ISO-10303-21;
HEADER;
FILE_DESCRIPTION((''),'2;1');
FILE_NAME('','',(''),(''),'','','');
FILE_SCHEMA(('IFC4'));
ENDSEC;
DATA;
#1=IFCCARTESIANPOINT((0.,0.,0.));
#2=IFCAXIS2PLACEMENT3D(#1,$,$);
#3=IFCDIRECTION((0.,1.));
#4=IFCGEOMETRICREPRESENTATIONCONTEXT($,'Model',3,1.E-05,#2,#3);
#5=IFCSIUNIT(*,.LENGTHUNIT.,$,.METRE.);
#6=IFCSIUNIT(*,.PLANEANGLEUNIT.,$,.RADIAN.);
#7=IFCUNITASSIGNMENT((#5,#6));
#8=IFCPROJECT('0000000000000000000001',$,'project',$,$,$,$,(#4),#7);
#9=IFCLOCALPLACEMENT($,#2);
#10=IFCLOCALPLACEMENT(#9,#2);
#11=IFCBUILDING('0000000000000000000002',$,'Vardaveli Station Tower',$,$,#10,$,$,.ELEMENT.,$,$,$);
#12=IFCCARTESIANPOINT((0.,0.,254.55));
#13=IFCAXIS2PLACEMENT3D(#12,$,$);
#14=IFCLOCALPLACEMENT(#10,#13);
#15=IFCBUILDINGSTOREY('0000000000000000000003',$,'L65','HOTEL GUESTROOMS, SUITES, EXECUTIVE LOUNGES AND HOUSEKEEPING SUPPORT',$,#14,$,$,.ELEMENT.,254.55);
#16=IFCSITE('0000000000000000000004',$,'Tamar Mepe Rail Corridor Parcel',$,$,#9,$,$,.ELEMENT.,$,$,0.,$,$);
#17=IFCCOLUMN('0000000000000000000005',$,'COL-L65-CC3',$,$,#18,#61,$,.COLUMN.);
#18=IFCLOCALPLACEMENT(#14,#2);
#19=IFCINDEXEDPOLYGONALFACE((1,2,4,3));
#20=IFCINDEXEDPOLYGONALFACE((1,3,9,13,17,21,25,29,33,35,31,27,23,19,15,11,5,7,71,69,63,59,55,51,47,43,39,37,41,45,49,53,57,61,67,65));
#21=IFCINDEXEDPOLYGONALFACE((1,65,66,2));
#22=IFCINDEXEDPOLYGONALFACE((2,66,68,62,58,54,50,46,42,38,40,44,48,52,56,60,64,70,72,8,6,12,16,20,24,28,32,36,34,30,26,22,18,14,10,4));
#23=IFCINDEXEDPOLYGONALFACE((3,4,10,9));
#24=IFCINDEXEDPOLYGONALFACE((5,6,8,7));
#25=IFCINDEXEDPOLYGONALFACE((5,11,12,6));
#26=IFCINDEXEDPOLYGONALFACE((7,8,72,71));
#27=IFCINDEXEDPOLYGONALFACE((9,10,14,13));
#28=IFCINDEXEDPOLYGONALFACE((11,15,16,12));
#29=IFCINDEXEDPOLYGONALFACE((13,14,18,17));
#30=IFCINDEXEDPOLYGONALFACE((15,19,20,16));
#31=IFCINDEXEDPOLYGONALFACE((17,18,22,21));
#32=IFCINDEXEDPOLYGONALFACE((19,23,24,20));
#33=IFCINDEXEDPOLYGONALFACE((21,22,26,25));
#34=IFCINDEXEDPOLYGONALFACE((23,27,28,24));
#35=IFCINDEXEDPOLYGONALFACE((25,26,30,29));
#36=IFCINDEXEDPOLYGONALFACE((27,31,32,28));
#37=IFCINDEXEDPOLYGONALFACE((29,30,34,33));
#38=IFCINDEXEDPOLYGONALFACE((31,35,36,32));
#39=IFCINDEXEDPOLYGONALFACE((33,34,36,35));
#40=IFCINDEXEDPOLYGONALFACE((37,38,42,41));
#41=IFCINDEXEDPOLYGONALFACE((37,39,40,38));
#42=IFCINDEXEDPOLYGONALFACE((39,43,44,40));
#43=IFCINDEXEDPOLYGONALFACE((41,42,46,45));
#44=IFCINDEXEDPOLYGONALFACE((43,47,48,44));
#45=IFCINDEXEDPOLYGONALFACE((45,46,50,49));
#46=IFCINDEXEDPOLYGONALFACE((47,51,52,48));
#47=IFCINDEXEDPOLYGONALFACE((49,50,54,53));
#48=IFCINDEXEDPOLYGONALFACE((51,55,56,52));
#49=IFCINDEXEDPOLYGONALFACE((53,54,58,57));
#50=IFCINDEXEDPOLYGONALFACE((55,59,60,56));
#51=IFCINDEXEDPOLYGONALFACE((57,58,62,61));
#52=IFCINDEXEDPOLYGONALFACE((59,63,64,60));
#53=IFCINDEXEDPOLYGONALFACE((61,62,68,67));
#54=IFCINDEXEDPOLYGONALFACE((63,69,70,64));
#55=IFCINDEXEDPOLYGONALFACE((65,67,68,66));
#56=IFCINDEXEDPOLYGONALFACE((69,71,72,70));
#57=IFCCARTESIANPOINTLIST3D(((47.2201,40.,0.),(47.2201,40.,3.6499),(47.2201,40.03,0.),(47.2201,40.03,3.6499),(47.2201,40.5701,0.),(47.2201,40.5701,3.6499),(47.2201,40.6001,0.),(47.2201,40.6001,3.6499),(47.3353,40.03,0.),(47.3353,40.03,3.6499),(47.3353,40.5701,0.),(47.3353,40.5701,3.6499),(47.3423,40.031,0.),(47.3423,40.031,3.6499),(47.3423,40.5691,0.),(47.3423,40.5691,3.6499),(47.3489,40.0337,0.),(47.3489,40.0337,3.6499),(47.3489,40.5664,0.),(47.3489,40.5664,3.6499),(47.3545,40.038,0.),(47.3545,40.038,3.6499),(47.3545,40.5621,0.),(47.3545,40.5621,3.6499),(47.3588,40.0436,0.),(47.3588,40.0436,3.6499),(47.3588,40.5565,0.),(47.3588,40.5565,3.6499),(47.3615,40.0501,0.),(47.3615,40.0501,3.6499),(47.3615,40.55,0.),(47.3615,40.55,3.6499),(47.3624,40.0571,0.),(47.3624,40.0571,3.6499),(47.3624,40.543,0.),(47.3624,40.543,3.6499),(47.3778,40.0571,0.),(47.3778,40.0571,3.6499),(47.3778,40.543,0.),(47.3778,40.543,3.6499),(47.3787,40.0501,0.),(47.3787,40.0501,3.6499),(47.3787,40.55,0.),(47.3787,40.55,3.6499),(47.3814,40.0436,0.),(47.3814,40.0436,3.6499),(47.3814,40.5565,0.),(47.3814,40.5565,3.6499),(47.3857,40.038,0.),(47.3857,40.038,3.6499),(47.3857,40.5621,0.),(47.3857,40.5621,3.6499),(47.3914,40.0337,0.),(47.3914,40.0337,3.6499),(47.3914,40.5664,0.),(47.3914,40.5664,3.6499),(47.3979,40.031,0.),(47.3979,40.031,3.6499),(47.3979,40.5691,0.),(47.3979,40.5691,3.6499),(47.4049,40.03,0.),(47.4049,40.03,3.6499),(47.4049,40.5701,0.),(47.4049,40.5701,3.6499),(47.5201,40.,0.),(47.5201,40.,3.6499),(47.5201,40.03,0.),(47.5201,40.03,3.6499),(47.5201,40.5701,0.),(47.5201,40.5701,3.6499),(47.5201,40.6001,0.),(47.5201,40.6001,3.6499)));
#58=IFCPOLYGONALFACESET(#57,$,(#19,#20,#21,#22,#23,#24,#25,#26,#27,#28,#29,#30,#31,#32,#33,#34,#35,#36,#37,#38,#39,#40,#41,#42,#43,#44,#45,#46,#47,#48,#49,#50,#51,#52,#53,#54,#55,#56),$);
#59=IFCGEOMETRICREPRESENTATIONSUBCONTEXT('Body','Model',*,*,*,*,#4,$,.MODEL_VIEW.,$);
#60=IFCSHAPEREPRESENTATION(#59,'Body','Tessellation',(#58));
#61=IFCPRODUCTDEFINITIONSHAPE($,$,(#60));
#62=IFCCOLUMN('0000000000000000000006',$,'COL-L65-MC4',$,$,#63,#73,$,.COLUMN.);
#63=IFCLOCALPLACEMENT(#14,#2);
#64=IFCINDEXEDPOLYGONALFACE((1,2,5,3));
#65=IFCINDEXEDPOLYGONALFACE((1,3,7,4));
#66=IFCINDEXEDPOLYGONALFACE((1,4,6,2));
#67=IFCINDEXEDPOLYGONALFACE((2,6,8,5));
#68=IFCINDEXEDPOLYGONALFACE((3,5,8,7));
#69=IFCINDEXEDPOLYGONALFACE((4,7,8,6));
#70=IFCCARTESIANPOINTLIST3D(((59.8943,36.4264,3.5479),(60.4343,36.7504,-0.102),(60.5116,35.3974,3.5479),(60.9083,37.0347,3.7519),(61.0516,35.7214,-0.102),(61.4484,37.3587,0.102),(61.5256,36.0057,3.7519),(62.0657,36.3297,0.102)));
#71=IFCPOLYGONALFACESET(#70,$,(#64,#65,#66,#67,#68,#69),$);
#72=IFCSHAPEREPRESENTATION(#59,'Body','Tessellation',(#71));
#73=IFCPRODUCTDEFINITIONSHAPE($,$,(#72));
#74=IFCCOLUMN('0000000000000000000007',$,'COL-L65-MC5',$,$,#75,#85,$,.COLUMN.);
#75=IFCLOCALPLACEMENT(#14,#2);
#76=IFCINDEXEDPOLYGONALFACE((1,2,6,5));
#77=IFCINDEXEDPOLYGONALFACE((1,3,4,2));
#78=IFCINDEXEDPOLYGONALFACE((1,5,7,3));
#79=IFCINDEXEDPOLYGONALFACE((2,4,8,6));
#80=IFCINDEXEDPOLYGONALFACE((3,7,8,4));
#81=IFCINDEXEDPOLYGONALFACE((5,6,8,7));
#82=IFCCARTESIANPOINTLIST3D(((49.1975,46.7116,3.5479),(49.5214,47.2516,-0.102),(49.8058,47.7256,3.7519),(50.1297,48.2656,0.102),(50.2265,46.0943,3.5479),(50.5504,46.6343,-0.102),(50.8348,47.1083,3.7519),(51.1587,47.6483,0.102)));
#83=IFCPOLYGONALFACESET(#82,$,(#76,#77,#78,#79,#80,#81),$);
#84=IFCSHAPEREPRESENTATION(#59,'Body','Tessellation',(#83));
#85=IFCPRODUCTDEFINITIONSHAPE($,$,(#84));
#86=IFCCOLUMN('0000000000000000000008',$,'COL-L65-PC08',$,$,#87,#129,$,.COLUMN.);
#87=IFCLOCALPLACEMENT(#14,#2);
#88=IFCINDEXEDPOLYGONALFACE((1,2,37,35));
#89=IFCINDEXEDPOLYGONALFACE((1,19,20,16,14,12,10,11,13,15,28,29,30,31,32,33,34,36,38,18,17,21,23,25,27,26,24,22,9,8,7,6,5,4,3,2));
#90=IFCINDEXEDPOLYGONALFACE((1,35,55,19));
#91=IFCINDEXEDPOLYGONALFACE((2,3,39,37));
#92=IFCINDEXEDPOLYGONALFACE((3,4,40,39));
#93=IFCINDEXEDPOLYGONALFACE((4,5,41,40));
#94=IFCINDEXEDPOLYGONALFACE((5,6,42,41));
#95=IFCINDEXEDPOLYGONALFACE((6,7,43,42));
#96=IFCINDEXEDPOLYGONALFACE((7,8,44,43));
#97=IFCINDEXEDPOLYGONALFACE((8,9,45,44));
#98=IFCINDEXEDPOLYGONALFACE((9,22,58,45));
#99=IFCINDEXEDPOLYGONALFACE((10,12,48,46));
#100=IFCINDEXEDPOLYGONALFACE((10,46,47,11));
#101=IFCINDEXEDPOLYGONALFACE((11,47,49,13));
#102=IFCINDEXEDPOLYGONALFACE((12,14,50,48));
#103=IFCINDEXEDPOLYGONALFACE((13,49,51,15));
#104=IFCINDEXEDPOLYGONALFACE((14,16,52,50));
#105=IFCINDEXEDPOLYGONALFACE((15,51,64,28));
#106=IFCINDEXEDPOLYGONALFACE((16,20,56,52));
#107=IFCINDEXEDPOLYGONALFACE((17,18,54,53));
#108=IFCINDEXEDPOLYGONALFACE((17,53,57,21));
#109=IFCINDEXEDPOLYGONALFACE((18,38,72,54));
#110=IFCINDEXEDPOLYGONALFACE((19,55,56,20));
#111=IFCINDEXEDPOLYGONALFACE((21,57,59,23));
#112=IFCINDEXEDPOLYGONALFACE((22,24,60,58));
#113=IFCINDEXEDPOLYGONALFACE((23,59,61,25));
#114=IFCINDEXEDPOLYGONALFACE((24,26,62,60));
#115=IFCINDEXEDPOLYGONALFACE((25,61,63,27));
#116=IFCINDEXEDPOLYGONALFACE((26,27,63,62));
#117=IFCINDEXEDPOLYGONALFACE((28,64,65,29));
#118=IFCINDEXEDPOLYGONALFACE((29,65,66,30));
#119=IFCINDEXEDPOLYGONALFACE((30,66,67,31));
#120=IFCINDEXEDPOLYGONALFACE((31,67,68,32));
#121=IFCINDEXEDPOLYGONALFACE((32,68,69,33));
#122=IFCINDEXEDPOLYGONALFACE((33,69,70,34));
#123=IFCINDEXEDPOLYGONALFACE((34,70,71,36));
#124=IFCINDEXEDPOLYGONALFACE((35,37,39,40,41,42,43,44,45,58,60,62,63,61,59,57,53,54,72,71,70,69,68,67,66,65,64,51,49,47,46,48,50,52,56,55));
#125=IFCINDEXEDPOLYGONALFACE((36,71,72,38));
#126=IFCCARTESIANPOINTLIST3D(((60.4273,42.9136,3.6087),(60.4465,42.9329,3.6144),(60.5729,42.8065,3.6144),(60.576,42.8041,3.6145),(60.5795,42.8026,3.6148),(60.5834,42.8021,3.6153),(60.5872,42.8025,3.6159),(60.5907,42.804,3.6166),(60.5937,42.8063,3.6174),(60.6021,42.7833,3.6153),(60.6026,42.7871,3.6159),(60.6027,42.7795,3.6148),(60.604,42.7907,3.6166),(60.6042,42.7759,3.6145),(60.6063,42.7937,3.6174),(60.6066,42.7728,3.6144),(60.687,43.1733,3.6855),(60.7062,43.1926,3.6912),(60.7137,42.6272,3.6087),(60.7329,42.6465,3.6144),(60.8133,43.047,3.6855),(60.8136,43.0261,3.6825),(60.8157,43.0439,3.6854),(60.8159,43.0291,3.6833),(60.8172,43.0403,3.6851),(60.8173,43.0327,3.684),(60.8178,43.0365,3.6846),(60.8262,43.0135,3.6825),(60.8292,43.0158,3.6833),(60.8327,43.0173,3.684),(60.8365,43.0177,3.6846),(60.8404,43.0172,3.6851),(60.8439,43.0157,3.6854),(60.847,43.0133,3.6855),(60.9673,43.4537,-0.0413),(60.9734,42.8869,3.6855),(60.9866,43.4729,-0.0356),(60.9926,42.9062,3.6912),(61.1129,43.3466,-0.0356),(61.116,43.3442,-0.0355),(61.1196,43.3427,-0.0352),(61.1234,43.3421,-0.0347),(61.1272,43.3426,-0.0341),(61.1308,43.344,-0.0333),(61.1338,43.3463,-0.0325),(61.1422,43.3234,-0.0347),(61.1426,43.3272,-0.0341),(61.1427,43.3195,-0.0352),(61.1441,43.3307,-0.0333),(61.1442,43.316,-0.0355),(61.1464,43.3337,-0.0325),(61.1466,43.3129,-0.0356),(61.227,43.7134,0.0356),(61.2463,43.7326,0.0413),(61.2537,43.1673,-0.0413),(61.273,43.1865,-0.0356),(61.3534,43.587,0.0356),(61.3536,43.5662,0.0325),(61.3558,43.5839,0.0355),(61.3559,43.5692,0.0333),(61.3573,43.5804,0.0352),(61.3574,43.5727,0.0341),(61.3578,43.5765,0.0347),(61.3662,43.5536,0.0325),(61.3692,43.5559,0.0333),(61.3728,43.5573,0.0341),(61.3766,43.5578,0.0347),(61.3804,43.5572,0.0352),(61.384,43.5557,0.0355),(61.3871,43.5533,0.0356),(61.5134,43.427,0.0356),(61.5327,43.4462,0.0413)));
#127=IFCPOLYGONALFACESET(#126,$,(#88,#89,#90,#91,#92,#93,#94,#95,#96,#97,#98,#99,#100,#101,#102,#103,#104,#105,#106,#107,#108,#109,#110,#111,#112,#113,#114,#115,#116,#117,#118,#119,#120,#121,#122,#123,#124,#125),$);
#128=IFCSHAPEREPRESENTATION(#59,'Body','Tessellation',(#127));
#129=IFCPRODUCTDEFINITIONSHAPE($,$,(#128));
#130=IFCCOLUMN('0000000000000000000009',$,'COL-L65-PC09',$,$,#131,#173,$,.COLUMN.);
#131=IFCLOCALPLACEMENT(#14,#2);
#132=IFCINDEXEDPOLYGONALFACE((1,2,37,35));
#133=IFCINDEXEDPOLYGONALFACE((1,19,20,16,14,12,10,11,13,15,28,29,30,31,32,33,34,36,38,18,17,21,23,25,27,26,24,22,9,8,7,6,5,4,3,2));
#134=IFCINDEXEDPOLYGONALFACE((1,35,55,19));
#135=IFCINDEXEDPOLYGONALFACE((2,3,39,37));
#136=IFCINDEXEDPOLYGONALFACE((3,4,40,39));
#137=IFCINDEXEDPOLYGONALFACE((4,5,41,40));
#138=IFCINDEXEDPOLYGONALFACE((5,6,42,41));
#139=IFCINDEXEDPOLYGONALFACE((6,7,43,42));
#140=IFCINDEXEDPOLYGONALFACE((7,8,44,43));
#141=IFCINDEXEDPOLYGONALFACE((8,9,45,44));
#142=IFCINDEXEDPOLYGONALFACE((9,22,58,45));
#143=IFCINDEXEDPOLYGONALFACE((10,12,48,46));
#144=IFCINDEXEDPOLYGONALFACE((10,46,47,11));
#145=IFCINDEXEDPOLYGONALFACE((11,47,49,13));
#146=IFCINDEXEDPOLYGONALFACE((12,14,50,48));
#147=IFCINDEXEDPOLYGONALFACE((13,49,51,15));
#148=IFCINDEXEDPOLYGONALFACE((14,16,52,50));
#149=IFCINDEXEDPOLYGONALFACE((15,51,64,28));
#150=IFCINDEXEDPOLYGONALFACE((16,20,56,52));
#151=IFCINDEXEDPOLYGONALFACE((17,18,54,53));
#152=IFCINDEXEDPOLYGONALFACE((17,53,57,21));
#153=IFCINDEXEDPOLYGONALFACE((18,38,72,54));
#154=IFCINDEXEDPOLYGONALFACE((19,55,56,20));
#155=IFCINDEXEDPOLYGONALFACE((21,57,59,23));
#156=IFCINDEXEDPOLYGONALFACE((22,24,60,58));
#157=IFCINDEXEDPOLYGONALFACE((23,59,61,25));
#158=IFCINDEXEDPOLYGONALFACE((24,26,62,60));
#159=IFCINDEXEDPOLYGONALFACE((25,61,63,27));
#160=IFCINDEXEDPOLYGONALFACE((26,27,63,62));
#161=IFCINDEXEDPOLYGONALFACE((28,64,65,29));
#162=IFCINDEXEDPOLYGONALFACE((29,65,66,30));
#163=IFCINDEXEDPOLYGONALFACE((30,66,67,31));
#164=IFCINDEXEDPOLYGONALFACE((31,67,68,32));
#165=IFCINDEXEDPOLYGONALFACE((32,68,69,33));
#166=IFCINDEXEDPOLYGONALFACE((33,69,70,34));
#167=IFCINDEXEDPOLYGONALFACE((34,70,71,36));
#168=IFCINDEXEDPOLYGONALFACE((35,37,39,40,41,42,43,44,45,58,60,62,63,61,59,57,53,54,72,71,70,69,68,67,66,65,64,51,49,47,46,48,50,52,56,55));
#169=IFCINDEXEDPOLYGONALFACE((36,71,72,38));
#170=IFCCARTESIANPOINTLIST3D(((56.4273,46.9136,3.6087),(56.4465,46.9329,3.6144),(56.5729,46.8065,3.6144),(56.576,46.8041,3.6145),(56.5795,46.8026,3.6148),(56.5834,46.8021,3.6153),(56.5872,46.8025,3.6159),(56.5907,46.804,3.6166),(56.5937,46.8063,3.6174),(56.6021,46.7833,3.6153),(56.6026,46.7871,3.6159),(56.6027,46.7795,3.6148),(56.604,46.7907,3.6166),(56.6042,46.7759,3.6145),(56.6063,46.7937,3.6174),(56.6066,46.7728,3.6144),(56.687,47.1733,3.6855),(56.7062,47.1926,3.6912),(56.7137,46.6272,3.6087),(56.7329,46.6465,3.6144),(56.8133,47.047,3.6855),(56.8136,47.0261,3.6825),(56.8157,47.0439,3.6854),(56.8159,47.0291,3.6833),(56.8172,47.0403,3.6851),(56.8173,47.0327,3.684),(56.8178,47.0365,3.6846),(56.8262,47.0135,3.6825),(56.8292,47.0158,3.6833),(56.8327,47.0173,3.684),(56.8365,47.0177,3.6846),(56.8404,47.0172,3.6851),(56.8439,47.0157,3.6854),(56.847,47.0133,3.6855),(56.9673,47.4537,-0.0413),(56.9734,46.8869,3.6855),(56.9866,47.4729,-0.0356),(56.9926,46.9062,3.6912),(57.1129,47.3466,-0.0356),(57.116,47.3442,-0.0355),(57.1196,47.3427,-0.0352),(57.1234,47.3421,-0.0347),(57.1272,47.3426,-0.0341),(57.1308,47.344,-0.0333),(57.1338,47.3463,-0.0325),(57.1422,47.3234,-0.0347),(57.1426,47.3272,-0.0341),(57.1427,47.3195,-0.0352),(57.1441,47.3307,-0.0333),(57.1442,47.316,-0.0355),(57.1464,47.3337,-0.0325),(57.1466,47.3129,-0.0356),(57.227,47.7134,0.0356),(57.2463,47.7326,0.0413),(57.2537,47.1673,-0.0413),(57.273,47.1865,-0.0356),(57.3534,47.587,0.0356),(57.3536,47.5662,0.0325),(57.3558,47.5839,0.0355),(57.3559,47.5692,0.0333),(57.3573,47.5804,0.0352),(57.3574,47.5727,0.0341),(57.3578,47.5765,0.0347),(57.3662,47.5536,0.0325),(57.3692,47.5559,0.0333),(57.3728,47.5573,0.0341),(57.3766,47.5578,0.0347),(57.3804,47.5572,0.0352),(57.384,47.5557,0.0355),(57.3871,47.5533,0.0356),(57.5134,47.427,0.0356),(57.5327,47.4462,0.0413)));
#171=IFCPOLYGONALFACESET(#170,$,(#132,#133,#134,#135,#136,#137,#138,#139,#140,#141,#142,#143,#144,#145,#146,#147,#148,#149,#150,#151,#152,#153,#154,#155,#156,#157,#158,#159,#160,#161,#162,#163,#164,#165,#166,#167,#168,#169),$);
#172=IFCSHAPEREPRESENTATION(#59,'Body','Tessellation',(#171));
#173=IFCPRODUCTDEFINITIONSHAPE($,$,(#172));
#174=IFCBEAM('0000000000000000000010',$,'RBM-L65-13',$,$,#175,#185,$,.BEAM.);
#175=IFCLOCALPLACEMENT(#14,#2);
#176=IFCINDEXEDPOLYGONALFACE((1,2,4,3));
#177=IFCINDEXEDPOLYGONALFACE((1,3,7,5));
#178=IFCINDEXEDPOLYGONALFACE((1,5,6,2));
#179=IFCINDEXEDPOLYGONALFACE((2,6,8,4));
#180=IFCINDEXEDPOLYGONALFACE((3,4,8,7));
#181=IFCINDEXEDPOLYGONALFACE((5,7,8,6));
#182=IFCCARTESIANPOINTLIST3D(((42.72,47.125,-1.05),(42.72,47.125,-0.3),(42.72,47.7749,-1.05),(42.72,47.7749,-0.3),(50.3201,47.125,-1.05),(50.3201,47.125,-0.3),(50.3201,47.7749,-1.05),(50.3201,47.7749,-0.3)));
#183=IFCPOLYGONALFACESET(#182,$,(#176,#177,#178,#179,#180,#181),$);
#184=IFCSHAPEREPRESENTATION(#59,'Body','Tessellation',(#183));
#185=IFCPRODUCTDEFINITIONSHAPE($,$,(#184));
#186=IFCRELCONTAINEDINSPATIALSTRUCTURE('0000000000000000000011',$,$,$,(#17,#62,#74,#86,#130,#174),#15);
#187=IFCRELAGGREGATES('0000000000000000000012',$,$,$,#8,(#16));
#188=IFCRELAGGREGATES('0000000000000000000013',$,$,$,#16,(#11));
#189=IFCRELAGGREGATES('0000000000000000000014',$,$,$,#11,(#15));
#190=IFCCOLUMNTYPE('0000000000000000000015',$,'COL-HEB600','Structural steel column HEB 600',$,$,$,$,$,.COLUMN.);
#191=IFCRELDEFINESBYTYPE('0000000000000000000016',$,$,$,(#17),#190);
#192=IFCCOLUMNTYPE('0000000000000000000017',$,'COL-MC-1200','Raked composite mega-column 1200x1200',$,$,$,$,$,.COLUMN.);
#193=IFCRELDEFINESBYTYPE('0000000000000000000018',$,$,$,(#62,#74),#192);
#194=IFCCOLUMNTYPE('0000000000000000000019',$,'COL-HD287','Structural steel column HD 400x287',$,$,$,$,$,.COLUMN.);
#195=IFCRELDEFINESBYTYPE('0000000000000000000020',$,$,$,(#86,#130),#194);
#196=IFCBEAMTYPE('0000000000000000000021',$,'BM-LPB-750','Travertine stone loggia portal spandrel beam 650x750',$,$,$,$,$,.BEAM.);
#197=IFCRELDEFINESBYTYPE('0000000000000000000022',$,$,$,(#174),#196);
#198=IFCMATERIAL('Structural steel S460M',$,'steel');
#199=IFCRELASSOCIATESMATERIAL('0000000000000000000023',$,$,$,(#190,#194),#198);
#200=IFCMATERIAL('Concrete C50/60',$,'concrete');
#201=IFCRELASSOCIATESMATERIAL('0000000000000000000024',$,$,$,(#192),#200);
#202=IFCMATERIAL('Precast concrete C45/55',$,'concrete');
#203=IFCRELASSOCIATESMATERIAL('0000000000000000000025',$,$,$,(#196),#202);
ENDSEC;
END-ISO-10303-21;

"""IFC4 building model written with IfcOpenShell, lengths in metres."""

from ifc_helpers import new_model, si_unit, direction, frame, origin, origin_2d, place, context, subcontext, project, spatial, rectangle, i_section, extrude, source, transform, mapped, material, material_profile, profile_set, type_object, element, save


model = new_model("IFC4")

# Units and contexts
model_context = context("Model", 3, precision=1e-05, world=origin(), true_north=direction((0.0, 1.0)))
body_context = subcontext(model_context, "Body", "Model", "MODEL_VIEW")
ifc_project = project(units=[si_unit("LENGTHUNIT", "METRE"), si_unit("PLANEANGLEUNIT", "RADIAN")], contexts=[model_context])

# Site, building, storey
site_placement = place(None, origin())
site = spatial("IfcSite", under=ifc_project, at=site_placement, Name="Tamar Mepe Rail Corridor Parcel", CompositionType="ELEMENT", RefElevation=0.0)
building_placement = place(site_placement, origin())
building = spatial("IfcBuilding", under=site, at=building_placement, Name="Vardaveli Station Tower", CompositionType="ELEMENT")
storey_placement = place(building_placement, frame((0.0, 0.0, 254.55)))
storey = spatial("IfcBuildingStorey", under=building, at=storey_placement, Name="L65", Description="HOTEL GUESTROOMS, SUITES, EXECUTIVE LOUNGES AND HOUSEKEEPING SUPPORT", CompositionType="ELEMENT", Elevation=254.55)

# Columns
ifc_material_1 = material(Name="Structural steel S460M", Category="steel")
ifc_material_profile_1 = material_profile(ifc_material_1, i_section(OverallWidth=0.3, OverallDepth=0.6001, WebThickness=0.0154, FlangeThickness=0.03, FilletRadius=0.0271, at=origin_2d()), Name="HEB 600")
ifc_profile_set_1 = profile_set([ifc_material_profile_1], Name="Structural steel S460M")
column_type_1 = type_object("IfcColumnType", Name="COL-HEB600", Description="Structural steel column HEB 600", PredefinedType="COLUMN", material=ifc_profile_set_1)
shared_shape_1 = source(origin(), body_context, "Body", "SweptSolid", [
    extrude(i_section(OverallWidth=0.3, OverallDepth=0.6001, WebThickness=0.0154, FlangeThickness=0.03, FilletRadius=0.0271, at=origin_2d()), origin(), (0.0, 0.0, 1.0), 3.6499),
])
column_placement = place(storey_placement, frame((47.3701, 40.3, 0.0), z_axis=(0.0, 0.0, 1.0), x_axis=(1.0, 0.0, 0.0)))
element("IfcColumn", 1, at=column_placement, inside=storey, type_object=column_type_1, Name="COL-L65-CC3", PredefinedType="COLUMN", context=body_context, shape_type="MappedRepresentation", body=[
    mapped(shared_shape_1, transform((0.0, 0.0, 0.0), scale=1.0)),
])
ifc_material_2 = material(Name="Concrete C50/60", Category="concrete")
ifc_material_profile_2 = material_profile(ifc_material_2, rectangle(XDim=1.2, YDim=1.2, at=origin_2d()), Name="MC 1200x1200")
ifc_profile_set_2 = profile_set([ifc_material_profile_2], Name="Concrete C50/60")
column_type_2 = type_object("IfcColumnType", Name="COL-MC-1200", Description="Raked composite mega-column 1200x1200", PredefinedType="COLUMN", material=ifc_profile_set_2)
shared_shape_2 = source(origin(), body_context, "Body", "SweptSolid", [
    extrude(rectangle(XDim=1.2, YDim=1.2, at=origin_2d()), origin(), (0.0, 0.0, 1.0), 3.7039),
])
for number, where, z_axis, x_axis, name in (
    (2, (61.25, 36.54, 0.0), (-0.145805, -0.08747, 0.985439), (0.514439, -0.857527, 0.0), "COL-L65-MC4"),
    (3, (50.3401, 47.45, 0.0), (-0.08747, -0.145805, 0.985439), (0.857527, -0.514439, 0.0), "COL-L65-MC5"),
):
    element("IfcColumn", number, at=place(storey_placement, frame(where, z_axis=z_axis, x_axis=x_axis)), inside=storey, type_object=column_type_2, Name=name, PredefinedType="COLUMN", context=body_context, shape_type="MappedRepresentation", body=[
        mapped(shared_shape_2, transform((0.0, 0.0, 0.0), scale=1.0)),
    ])
ifc_material_profile_3 = material_profile(ifc_material_1, i_section(OverallWidth=0.405, OverallDepth=0.4031, WebThickness=0.0178, FlangeThickness=0.0278, FilletRadius=0.0149, at=origin_2d()), Name="HD 400x287")
ifc_profile_set_3 = profile_set([ifc_material_profile_3], Name="Structural steel S460M")
column_type_3 = type_object("IfcColumnType", Name="COL-HD287", Description="Structural steel column HD 400x287", PredefinedType="COLUMN", material=ifc_profile_set_3)
shared_shape_3 = source(origin(), body_context, "Body", "SweptSolid", [
    extrude(i_section(OverallWidth=0.405, OverallDepth=0.4031, WebThickness=0.0178, FlangeThickness=0.0278, FilletRadius=0.0149, at=origin_2d()), origin(), (0.0, 0.0, 1.0), 3.729),
])
for number, where, z_axis, x_axis, name in (
    (4, (61.25, 43.45, 0.0), (-0.144823, -0.144823, 0.978802), (0.707107, -0.707107, 0.0), "COL-L65-PC08"),
    (5, (57.25, 47.45, 0.0), (-0.144823, -0.144823, 0.978802), (0.707107, -0.707107, 0.0), "COL-L65-PC09"),
):
    element("IfcColumn", number, at=place(storey_placement, frame(where, z_axis=z_axis, x_axis=x_axis)), inside=storey, type_object=column_type_3, Name=name, PredefinedType="COLUMN", context=body_context, shape_type="MappedRepresentation", body=[
        mapped(shared_shape_3, transform((0.0, 0.0, 0.0), scale=1.0)),
    ])

# Beam
ifc_material_3 = material(Name="Precast concrete C45/55", Category="concrete")
ifc_material_profile_4 = material_profile(ifc_material_3, rectangle(XDim=0.6499, YDim=0.75, at=origin_2d()), Name="LPB 650x750")
ifc_profile_set_4 = profile_set([ifc_material_profile_4], Name="Precast concrete C45/55")
beam_type = type_object("IfcBeamType", Name="BM-LPB-750", Description="Travertine stone loggia portal spandrel beam 650x750", PredefinedType="BEAM", material=ifc_profile_set_4)
shared_shape_4 = source(origin(), body_context, "Body", "SweptSolid", [
    extrude(rectangle(XDim=0.6499, YDim=0.75, at=origin_2d()), origin(), (0.0, 0.0, 1.0), 7.6001),
])
beam_1_placement = place(storey_placement, frame((50.3201, 47.45, -0.675), z_axis=(-1.0, 0.0, 0.0), x_axis=(0.0, -1.0, 0.0)))
element("IfcBeam", 6, at=beam_1_placement, inside=storey, type_object=beam_type, Name="RBM-L65-13", PredefinedType="BEAM", context=body_context, shape_type="MappedRepresentation", body=[
    mapped(shared_shape_4, transform((0.0, 0.0, 0.0), scale=1.0)),
])

save(model, "model.ifc")
